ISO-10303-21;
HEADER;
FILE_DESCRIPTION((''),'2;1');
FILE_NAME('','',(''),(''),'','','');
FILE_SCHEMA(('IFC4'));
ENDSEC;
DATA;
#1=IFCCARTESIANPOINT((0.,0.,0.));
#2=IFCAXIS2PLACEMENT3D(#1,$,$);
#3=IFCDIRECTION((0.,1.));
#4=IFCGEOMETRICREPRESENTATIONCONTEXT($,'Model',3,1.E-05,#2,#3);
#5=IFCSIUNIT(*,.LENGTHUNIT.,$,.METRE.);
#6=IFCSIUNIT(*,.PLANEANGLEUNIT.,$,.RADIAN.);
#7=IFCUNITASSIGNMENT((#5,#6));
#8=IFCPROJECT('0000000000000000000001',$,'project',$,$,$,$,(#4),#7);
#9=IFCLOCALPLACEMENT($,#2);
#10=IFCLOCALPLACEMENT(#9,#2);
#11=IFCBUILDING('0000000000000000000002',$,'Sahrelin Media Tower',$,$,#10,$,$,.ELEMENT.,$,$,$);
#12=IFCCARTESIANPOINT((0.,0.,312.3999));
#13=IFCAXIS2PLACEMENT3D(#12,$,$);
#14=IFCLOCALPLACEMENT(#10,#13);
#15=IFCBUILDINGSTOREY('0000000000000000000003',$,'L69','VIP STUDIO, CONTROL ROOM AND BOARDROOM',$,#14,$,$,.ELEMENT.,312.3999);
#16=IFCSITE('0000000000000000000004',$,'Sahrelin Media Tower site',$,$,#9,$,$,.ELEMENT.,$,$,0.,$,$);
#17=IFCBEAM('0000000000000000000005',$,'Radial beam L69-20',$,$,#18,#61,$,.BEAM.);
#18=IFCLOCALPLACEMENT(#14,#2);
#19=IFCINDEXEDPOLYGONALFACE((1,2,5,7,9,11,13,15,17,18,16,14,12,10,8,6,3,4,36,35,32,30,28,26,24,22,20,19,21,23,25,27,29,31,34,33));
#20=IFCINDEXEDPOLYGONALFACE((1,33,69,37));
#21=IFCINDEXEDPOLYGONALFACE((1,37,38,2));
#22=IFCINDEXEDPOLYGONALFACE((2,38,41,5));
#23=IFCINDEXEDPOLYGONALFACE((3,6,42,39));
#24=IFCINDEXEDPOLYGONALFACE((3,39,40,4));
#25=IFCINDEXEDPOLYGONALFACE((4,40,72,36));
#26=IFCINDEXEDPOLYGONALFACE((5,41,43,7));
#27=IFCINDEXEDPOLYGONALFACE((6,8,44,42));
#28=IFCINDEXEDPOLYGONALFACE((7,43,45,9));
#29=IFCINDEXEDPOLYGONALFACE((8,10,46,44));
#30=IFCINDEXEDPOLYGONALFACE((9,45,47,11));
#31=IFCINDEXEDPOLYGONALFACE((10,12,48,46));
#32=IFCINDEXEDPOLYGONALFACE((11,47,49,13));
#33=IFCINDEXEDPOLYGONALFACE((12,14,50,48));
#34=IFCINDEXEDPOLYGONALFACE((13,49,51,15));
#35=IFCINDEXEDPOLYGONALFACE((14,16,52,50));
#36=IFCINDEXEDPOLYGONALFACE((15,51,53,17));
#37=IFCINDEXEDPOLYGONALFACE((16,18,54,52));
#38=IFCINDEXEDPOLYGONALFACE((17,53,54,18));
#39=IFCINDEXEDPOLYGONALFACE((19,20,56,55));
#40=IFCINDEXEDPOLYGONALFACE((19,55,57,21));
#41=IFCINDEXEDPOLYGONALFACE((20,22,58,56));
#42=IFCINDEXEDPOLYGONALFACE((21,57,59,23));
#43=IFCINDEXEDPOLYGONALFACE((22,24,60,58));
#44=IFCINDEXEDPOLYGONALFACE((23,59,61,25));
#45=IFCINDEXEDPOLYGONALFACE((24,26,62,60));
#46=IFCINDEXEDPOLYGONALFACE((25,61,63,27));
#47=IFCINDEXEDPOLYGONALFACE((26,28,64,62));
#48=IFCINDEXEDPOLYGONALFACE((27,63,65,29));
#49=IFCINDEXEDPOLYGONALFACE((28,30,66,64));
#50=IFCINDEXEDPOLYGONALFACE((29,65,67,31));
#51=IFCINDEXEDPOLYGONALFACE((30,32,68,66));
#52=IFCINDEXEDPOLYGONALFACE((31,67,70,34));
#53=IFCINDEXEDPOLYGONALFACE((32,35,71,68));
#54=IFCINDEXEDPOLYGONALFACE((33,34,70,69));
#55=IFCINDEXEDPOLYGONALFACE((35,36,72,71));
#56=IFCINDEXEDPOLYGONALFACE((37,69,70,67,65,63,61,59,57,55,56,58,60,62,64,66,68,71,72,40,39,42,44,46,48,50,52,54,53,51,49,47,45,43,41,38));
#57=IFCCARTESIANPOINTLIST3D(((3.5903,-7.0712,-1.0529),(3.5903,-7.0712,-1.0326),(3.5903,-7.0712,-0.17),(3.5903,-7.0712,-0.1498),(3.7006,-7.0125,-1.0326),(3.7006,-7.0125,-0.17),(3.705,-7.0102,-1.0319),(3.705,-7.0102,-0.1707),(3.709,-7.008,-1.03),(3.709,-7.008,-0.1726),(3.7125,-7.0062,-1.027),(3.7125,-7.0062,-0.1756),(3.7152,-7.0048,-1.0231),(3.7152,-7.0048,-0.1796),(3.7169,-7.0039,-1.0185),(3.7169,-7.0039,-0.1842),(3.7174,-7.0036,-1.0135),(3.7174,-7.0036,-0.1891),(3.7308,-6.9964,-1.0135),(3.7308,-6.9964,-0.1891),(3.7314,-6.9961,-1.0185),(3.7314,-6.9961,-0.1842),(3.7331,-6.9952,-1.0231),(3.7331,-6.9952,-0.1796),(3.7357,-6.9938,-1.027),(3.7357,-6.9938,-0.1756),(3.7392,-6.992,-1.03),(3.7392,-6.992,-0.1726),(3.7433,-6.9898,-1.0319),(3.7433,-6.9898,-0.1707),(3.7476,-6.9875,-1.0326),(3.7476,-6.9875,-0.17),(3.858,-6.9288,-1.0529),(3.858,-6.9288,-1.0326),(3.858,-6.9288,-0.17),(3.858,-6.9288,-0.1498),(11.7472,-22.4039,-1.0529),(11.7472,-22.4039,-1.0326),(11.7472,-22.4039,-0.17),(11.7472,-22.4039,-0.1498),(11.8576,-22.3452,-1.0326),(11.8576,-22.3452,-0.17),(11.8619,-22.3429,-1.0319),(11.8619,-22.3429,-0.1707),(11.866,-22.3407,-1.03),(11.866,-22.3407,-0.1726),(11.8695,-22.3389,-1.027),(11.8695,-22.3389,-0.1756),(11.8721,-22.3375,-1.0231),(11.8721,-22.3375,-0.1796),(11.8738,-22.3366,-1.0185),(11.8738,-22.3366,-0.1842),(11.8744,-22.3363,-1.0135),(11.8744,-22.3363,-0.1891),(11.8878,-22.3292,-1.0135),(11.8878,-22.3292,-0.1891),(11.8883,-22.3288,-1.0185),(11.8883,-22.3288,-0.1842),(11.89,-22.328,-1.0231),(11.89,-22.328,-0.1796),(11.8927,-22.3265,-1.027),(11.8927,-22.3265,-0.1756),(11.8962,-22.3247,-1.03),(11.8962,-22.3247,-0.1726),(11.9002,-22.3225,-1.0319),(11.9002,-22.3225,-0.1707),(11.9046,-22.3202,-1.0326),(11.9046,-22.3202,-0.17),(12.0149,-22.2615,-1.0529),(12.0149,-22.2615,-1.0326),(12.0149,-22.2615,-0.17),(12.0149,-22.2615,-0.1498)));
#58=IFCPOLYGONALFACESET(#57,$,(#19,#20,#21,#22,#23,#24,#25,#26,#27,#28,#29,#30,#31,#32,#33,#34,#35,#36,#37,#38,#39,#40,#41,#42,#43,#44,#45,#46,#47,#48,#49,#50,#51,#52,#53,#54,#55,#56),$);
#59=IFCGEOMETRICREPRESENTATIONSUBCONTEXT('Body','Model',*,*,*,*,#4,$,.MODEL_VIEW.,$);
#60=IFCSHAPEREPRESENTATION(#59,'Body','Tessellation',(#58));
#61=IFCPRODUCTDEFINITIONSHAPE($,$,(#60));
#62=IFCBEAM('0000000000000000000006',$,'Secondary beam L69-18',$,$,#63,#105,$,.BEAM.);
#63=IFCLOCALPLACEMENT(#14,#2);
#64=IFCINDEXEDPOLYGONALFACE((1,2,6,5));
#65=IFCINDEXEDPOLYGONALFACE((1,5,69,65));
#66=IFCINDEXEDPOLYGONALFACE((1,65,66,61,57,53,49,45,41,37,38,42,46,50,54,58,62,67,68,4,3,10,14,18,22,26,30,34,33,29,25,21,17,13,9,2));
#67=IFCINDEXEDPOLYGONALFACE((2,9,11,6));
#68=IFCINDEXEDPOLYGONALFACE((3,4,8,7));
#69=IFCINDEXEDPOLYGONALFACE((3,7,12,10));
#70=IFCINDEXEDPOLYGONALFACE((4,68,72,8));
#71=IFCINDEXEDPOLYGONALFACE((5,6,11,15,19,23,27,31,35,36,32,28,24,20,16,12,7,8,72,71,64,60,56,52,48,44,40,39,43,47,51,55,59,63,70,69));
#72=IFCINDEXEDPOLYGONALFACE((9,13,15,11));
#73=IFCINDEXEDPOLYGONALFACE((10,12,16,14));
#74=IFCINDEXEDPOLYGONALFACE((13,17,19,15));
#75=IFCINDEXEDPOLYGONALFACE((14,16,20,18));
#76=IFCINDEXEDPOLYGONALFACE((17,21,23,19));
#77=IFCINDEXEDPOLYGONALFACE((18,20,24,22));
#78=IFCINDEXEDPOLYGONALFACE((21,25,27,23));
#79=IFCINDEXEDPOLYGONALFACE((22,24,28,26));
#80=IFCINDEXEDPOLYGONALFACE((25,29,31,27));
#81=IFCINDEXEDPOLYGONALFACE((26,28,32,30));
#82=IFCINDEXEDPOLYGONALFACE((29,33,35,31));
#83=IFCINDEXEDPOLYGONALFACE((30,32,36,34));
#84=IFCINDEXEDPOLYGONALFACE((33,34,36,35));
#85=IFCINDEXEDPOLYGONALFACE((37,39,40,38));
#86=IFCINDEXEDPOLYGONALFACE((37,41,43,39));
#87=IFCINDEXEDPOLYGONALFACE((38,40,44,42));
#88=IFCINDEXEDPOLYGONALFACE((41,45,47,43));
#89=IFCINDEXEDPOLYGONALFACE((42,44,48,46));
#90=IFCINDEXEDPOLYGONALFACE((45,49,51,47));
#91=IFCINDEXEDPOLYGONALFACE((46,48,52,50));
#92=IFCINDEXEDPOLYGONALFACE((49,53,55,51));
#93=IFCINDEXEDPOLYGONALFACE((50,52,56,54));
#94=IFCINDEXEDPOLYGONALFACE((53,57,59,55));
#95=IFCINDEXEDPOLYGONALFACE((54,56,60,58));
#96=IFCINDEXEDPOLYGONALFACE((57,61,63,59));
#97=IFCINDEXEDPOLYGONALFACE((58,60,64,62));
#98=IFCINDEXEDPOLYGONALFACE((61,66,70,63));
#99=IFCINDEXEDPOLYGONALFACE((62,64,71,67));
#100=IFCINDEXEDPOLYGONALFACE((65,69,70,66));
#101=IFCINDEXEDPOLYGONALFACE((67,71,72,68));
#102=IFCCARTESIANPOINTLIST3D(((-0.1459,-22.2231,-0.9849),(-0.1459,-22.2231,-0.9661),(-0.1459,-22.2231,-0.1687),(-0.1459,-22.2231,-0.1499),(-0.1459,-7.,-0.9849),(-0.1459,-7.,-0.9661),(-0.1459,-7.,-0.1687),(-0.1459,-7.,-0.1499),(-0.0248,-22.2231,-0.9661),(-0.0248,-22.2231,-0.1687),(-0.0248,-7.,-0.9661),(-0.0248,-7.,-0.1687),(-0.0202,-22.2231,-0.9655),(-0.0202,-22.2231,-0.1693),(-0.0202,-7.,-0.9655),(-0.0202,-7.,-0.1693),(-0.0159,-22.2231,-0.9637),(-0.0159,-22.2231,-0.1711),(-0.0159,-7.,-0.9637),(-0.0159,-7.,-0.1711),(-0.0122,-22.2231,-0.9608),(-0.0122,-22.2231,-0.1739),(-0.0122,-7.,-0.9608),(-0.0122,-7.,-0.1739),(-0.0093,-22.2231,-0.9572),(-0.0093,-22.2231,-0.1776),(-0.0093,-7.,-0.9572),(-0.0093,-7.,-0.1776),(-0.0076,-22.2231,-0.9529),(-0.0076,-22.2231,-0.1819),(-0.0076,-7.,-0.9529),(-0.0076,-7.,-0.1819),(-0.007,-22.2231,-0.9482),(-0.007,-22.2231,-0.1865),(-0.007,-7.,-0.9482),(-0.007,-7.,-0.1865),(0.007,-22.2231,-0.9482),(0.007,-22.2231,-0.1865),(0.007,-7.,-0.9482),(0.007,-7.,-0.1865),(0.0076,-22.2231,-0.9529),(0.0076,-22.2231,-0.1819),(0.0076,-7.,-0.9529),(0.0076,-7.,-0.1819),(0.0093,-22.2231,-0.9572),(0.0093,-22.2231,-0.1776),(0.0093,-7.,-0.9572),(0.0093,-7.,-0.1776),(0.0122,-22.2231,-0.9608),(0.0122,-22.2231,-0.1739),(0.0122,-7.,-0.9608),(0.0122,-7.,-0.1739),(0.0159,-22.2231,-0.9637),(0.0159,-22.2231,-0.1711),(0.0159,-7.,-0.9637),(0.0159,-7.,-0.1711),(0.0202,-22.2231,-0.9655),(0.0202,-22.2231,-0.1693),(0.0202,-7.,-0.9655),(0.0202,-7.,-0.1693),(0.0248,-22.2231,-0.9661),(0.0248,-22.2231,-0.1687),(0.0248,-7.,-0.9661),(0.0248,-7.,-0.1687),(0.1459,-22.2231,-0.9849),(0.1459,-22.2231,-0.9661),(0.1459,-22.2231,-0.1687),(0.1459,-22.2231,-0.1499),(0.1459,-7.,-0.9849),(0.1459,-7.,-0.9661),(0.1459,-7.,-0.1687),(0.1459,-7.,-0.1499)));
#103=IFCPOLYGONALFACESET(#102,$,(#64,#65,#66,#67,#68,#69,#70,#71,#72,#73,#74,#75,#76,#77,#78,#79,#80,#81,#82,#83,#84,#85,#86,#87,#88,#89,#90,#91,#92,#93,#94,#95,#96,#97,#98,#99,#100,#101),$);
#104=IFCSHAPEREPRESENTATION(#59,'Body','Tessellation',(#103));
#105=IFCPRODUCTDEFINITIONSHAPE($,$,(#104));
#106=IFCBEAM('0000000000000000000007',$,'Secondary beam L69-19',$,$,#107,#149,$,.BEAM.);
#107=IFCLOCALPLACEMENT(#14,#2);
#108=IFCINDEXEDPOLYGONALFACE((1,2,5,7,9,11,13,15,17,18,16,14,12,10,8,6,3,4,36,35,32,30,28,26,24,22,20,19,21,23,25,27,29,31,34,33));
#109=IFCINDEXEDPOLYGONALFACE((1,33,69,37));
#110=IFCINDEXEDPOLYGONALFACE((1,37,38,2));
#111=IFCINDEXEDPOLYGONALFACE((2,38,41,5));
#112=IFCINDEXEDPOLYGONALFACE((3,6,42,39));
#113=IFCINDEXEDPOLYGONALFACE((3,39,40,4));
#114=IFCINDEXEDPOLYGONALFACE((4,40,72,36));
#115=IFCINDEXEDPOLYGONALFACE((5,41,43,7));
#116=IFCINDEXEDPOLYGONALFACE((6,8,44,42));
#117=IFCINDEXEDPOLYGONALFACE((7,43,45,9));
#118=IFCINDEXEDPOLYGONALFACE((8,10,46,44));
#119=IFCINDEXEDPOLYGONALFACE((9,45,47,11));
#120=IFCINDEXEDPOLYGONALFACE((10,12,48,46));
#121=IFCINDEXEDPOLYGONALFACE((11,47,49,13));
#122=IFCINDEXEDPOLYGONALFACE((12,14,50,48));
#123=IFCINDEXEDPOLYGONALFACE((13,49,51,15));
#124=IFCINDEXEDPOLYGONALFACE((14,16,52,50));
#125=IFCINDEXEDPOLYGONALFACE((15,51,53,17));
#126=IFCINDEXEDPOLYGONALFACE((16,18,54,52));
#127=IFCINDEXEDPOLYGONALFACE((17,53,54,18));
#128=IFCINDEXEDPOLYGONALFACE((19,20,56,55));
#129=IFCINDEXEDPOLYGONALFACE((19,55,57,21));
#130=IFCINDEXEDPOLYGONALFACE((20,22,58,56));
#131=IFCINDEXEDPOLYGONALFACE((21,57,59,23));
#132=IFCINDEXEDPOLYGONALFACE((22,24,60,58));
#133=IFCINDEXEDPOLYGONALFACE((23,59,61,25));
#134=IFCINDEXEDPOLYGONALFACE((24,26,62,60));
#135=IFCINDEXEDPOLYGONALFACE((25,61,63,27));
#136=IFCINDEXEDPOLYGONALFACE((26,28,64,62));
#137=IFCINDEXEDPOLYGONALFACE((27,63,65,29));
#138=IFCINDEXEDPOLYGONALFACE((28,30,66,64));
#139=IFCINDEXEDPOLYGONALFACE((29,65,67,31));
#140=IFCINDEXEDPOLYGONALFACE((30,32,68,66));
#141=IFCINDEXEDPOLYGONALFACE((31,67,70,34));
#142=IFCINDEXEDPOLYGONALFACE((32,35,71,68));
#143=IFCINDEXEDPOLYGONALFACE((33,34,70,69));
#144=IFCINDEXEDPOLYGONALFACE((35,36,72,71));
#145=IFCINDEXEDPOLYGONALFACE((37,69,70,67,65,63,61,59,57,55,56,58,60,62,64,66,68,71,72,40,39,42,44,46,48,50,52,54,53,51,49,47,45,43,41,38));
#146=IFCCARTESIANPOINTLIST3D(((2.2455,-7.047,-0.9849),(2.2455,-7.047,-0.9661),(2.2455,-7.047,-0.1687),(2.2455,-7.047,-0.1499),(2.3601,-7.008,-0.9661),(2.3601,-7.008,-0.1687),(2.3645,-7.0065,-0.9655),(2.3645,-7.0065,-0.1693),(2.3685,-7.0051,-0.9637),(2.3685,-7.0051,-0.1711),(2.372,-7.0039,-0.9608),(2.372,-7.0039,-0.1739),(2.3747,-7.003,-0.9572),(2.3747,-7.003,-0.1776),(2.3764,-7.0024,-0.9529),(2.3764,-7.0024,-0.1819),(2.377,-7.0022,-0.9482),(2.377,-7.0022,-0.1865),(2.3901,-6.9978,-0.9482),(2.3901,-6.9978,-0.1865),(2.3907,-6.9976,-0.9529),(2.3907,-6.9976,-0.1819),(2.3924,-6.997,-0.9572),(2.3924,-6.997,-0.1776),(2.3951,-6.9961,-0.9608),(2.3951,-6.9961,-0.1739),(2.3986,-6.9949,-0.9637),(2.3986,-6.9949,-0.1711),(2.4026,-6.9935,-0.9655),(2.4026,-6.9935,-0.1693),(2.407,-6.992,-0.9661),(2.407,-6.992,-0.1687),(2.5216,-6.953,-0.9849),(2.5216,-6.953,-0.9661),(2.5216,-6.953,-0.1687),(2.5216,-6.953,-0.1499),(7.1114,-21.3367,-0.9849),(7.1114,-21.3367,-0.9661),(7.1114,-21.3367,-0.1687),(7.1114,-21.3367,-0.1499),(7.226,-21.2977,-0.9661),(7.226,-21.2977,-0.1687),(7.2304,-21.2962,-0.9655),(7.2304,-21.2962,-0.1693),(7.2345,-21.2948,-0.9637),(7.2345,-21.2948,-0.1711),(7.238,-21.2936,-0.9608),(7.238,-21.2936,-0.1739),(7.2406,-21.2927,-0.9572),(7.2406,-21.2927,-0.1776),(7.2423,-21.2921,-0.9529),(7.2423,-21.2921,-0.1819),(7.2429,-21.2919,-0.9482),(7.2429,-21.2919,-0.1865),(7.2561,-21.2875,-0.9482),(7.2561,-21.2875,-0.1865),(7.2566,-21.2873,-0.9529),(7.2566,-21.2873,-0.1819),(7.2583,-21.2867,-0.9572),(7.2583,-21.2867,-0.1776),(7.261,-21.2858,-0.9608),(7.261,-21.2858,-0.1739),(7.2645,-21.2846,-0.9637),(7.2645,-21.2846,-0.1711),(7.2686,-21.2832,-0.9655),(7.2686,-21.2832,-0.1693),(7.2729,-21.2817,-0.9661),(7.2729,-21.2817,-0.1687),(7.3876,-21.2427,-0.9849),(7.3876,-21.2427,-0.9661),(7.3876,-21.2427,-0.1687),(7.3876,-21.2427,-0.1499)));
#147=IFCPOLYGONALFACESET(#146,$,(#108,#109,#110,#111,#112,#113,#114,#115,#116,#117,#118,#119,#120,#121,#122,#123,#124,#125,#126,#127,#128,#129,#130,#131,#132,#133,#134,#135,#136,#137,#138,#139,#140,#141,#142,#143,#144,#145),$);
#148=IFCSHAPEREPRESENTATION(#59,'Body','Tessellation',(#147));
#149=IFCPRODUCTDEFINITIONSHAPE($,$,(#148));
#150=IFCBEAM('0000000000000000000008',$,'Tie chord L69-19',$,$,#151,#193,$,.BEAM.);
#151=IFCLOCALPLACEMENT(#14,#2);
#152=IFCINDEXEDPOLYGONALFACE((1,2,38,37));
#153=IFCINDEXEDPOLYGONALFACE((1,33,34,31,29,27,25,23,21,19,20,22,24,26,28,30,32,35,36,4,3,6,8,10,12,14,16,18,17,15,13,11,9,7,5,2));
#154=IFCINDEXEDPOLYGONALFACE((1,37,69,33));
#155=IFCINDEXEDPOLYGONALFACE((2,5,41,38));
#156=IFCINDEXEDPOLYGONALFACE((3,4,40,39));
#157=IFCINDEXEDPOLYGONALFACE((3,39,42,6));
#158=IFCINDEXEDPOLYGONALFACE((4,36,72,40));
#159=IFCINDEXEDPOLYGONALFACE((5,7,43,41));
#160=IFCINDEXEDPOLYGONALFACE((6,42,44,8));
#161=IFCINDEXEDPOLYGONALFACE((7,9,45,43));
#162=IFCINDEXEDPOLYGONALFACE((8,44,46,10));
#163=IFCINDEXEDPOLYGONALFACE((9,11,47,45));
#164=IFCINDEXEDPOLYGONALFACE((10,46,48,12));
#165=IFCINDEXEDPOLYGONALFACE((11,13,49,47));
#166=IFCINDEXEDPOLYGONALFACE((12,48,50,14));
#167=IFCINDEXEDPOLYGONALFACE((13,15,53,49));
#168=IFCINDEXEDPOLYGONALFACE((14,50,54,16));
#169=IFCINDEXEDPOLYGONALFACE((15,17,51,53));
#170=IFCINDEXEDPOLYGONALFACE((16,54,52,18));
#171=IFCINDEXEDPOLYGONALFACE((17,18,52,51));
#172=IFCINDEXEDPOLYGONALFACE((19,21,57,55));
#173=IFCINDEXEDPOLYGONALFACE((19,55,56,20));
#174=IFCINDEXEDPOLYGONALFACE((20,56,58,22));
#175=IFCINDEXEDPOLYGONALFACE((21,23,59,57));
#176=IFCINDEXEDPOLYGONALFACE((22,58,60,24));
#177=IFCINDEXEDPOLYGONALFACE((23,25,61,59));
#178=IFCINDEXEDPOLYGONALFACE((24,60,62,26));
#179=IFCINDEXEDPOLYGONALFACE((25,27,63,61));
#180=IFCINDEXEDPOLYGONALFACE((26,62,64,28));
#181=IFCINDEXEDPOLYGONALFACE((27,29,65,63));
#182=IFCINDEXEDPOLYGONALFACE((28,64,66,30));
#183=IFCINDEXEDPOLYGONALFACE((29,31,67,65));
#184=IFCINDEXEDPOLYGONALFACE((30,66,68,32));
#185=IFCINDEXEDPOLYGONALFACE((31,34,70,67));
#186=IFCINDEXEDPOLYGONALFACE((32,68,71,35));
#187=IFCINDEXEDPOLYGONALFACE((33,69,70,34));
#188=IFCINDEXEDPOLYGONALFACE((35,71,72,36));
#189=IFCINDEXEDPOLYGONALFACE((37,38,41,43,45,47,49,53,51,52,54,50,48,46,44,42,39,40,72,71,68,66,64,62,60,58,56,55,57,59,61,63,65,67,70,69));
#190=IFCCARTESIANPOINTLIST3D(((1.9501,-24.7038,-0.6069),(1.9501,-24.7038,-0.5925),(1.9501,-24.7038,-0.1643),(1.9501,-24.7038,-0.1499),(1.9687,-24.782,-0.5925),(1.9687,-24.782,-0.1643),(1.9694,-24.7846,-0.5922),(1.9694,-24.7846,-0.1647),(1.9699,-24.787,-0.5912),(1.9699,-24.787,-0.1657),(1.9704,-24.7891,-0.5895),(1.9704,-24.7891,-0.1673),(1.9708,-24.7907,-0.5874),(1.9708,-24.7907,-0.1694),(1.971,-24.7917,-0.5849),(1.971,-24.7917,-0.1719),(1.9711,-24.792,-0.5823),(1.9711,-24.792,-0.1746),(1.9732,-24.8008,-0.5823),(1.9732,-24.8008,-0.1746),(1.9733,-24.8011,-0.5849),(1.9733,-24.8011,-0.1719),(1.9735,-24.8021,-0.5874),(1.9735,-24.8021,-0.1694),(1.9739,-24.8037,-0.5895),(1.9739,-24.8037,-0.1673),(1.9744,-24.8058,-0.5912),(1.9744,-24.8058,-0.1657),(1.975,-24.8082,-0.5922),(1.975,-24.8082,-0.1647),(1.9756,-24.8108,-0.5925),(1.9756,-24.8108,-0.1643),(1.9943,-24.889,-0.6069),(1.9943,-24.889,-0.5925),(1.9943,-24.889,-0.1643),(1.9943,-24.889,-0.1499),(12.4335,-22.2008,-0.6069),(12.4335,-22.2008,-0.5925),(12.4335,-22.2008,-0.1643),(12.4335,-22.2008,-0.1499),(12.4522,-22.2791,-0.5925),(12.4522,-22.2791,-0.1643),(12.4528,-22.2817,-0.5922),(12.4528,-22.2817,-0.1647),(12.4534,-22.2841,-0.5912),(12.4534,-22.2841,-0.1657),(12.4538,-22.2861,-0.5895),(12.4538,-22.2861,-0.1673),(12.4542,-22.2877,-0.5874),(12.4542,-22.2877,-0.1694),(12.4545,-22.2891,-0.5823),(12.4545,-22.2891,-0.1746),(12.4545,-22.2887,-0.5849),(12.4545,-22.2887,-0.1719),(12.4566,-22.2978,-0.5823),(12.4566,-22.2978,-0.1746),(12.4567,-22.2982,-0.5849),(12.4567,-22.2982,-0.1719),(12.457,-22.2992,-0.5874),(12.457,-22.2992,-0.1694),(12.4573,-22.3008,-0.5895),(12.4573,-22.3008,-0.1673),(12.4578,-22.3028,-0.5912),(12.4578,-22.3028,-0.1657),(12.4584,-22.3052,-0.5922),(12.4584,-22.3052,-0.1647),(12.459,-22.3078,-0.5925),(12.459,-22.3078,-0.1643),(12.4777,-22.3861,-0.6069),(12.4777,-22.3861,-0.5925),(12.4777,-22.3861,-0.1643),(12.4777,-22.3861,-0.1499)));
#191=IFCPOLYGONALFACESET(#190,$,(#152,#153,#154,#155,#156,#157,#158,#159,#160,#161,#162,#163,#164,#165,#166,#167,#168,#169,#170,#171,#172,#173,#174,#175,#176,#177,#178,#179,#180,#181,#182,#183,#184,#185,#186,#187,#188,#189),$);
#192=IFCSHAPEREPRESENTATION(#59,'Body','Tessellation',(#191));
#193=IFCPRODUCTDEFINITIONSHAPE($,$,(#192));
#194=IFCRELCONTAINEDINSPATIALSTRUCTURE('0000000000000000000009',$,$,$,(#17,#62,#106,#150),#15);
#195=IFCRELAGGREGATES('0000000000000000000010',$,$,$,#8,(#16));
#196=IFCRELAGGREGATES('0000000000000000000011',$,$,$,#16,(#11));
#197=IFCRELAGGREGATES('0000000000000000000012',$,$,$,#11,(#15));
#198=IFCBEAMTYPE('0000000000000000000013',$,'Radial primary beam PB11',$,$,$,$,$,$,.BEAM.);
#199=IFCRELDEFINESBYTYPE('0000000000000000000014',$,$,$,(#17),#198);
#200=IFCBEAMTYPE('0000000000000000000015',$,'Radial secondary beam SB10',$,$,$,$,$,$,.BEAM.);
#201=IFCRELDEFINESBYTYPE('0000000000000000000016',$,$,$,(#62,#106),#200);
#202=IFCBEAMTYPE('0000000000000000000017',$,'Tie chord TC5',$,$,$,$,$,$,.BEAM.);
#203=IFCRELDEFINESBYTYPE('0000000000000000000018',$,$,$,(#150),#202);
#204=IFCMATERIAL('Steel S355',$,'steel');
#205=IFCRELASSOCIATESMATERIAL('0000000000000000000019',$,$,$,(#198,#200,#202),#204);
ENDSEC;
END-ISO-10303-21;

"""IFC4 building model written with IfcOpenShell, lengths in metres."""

from ifc_helpers import new_model, si_unit, direction, frame, origin, origin_2d, place, context, subcontext, project, spatial, i_section, extrude, material, material_profile, profile_set, type_object, element, save


model = new_model("IFC4")

# Units and contexts
model_context = context("Model", 3, precision=1e-05, world=origin(), true_north=direction((0.0, 1.0)))
body_context = subcontext(model_context, "Body", "Model", "MODEL_VIEW")
ifc_project = project(units=[si_unit("LENGTHUNIT", "METRE"), si_unit("PLANEANGLEUNIT", "RADIAN")], contexts=[model_context])

# Site, building, storey
site_placement = place(None, origin())
site = spatial("IfcSite", under=ifc_project, at=site_placement, Name="Sahrelin Media Tower site", CompositionType="ELEMENT", RefElevation=0.0)
building_placement = place(site_placement, origin())
building = spatial("IfcBuilding", under=site, at=building_placement, Name="Sahrelin Media Tower", CompositionType="ELEMENT")
storey_placement = place(building_placement, frame((0.0, 0.0, 312.3999)))
storey = spatial("IfcBuildingStorey", under=building, at=storey_placement, Name="L69", Description="VIP STUDIO, CONTROL ROOM AND BOARDROOM", CompositionType="ELEMENT", Elevation=312.3999)

# Shared definitions
ifc_material_1 = material(Name="Steel S355", Category="steel")

# Beams
ifc_material_profile_1 = material_profile(ifc_material_1, i_section(OverallWidth=0.3032, OverallDepth=0.9031, WebThickness=0.0151, FlangeThickness=0.0203, FilletRadius=0.019, at=origin_2d()), Name="UB 914x305x201")
ifc_profile_set_1 = profile_set([ifc_material_profile_1], Name="Steel S355")
beam_type_1 = type_object("IfcBeamType", Name="Radial primary beam PB11", PredefinedType="BEAM", material=ifc_profile_set_1)
beam_1_placement = place(storey_placement, frame((3.7241, -7.0, -0.6013), z_axis=(0.469669, -0.882842, 0.0), x_axis=(0.882842, 0.469669, 0.0)))
element("IfcBeam", 1, at=beam_1_placement, inside=storey, type_object=beam_type_1, Name="Radial beam L69-20", PredefinedType="BEAM", context=body_context, shape_type="SweptSolid", body=[
    extrude(i_section(OverallWidth=0.3032, OverallDepth=0.9031, WebThickness=0.0151, FlangeThickness=0.0203, FilletRadius=0.019, at=origin_2d()), origin(), (0.0, 0.0, 1.0), 17.3674),
])
ifc_material_profile_2 = material_profile(ifc_material_1, i_section(OverallWidth=0.2917, OverallDepth=0.835, WebThickness=0.0139, FlangeThickness=0.0188, FilletRadius=0.0178, at=origin_2d()), Name="UB 838x292x176")
ifc_profile_set_2 = profile_set([ifc_material_profile_2], Name="Steel S355")
beam_type_2 = type_object("IfcBeamType", Name="Radial secondary beam SB10", PredefinedType="BEAM", material=ifc_profile_set_2)
beam_2_placement = place(storey_placement, frame((0.0, -7.0, -0.5674), z_axis=(0.0, -1.0, 0.0), x_axis=(1.0, 0.0, 0.0)))
element("IfcBeam", 2, at=beam_2_placement, inside=storey, type_object=beam_type_2, Name="Secondary beam L69-18", PredefinedType="BEAM", context=body_context, shape_type="SweptSolid", body=[
    extrude(i_section(OverallWidth=0.2917, OverallDepth=0.835, WebThickness=0.0139, FlangeThickness=0.0188, FilletRadius=0.0178, at=origin_2d()), origin(), (0.0, 0.0, 1.0), 15.2231),
])
beam_3_placement = place(storey_placement, frame((2.3835, -7.0, -0.5674), z_axis=(0.322344, -0.946623, 0.0), x_axis=(0.946623, 0.322344, 0.0)))
element("IfcBeam", 3, at=beam_3_placement, inside=storey, type_object=beam_type_2, Name="Secondary beam L69-19", PredefinedType="BEAM", context=body_context, shape_type="SweptSolid", body=[
    extrude(i_section(OverallWidth=0.2917, OverallDepth=0.835, WebThickness=0.0139, FlangeThickness=0.0188, FilletRadius=0.0178, at=origin_2d()), origin(), (0.0, 0.0, 1.0), 15.0955),
])
ifc_material_profile_3 = material_profile(ifc_material_1, i_section(OverallWidth=0.1904, OverallDepth=0.457, WebThickness=0.009, FlangeThickness=0.0144, FilletRadius=0.0103, at=origin_2d()), Name="UB 457x191x74")
ifc_profile_set_3 = profile_set([ifc_material_profile_3], Name="Steel S355")
beam_type_3 = type_object("IfcBeamType", Name="Tie chord TC5", PredefinedType="BEAM", material=ifc_profile_set_3)
beam_4_placement = place(storey_placement, frame((1.9722, -24.7964, -0.3784), z_axis=(0.972662, 0.232225, 0.0), x_axis=(-0.232225, 0.972662, 0.0)))
element("IfcBeam", 4, at=beam_4_placement, inside=storey, type_object=beam_type_3, Name="Tie chord L69-19", PredefinedType="BEAM", context=body_context, shape_type="SweptSolid", body=[
    extrude(i_section(OverallWidth=0.1904, OverallDepth=0.457, WebThickness=0.009, FlangeThickness=0.0144, FilletRadius=0.0103, at=origin_2d()), origin(), (0.0, 0.0, 1.0), 10.7781),
])

save(model, "model.ifc")
